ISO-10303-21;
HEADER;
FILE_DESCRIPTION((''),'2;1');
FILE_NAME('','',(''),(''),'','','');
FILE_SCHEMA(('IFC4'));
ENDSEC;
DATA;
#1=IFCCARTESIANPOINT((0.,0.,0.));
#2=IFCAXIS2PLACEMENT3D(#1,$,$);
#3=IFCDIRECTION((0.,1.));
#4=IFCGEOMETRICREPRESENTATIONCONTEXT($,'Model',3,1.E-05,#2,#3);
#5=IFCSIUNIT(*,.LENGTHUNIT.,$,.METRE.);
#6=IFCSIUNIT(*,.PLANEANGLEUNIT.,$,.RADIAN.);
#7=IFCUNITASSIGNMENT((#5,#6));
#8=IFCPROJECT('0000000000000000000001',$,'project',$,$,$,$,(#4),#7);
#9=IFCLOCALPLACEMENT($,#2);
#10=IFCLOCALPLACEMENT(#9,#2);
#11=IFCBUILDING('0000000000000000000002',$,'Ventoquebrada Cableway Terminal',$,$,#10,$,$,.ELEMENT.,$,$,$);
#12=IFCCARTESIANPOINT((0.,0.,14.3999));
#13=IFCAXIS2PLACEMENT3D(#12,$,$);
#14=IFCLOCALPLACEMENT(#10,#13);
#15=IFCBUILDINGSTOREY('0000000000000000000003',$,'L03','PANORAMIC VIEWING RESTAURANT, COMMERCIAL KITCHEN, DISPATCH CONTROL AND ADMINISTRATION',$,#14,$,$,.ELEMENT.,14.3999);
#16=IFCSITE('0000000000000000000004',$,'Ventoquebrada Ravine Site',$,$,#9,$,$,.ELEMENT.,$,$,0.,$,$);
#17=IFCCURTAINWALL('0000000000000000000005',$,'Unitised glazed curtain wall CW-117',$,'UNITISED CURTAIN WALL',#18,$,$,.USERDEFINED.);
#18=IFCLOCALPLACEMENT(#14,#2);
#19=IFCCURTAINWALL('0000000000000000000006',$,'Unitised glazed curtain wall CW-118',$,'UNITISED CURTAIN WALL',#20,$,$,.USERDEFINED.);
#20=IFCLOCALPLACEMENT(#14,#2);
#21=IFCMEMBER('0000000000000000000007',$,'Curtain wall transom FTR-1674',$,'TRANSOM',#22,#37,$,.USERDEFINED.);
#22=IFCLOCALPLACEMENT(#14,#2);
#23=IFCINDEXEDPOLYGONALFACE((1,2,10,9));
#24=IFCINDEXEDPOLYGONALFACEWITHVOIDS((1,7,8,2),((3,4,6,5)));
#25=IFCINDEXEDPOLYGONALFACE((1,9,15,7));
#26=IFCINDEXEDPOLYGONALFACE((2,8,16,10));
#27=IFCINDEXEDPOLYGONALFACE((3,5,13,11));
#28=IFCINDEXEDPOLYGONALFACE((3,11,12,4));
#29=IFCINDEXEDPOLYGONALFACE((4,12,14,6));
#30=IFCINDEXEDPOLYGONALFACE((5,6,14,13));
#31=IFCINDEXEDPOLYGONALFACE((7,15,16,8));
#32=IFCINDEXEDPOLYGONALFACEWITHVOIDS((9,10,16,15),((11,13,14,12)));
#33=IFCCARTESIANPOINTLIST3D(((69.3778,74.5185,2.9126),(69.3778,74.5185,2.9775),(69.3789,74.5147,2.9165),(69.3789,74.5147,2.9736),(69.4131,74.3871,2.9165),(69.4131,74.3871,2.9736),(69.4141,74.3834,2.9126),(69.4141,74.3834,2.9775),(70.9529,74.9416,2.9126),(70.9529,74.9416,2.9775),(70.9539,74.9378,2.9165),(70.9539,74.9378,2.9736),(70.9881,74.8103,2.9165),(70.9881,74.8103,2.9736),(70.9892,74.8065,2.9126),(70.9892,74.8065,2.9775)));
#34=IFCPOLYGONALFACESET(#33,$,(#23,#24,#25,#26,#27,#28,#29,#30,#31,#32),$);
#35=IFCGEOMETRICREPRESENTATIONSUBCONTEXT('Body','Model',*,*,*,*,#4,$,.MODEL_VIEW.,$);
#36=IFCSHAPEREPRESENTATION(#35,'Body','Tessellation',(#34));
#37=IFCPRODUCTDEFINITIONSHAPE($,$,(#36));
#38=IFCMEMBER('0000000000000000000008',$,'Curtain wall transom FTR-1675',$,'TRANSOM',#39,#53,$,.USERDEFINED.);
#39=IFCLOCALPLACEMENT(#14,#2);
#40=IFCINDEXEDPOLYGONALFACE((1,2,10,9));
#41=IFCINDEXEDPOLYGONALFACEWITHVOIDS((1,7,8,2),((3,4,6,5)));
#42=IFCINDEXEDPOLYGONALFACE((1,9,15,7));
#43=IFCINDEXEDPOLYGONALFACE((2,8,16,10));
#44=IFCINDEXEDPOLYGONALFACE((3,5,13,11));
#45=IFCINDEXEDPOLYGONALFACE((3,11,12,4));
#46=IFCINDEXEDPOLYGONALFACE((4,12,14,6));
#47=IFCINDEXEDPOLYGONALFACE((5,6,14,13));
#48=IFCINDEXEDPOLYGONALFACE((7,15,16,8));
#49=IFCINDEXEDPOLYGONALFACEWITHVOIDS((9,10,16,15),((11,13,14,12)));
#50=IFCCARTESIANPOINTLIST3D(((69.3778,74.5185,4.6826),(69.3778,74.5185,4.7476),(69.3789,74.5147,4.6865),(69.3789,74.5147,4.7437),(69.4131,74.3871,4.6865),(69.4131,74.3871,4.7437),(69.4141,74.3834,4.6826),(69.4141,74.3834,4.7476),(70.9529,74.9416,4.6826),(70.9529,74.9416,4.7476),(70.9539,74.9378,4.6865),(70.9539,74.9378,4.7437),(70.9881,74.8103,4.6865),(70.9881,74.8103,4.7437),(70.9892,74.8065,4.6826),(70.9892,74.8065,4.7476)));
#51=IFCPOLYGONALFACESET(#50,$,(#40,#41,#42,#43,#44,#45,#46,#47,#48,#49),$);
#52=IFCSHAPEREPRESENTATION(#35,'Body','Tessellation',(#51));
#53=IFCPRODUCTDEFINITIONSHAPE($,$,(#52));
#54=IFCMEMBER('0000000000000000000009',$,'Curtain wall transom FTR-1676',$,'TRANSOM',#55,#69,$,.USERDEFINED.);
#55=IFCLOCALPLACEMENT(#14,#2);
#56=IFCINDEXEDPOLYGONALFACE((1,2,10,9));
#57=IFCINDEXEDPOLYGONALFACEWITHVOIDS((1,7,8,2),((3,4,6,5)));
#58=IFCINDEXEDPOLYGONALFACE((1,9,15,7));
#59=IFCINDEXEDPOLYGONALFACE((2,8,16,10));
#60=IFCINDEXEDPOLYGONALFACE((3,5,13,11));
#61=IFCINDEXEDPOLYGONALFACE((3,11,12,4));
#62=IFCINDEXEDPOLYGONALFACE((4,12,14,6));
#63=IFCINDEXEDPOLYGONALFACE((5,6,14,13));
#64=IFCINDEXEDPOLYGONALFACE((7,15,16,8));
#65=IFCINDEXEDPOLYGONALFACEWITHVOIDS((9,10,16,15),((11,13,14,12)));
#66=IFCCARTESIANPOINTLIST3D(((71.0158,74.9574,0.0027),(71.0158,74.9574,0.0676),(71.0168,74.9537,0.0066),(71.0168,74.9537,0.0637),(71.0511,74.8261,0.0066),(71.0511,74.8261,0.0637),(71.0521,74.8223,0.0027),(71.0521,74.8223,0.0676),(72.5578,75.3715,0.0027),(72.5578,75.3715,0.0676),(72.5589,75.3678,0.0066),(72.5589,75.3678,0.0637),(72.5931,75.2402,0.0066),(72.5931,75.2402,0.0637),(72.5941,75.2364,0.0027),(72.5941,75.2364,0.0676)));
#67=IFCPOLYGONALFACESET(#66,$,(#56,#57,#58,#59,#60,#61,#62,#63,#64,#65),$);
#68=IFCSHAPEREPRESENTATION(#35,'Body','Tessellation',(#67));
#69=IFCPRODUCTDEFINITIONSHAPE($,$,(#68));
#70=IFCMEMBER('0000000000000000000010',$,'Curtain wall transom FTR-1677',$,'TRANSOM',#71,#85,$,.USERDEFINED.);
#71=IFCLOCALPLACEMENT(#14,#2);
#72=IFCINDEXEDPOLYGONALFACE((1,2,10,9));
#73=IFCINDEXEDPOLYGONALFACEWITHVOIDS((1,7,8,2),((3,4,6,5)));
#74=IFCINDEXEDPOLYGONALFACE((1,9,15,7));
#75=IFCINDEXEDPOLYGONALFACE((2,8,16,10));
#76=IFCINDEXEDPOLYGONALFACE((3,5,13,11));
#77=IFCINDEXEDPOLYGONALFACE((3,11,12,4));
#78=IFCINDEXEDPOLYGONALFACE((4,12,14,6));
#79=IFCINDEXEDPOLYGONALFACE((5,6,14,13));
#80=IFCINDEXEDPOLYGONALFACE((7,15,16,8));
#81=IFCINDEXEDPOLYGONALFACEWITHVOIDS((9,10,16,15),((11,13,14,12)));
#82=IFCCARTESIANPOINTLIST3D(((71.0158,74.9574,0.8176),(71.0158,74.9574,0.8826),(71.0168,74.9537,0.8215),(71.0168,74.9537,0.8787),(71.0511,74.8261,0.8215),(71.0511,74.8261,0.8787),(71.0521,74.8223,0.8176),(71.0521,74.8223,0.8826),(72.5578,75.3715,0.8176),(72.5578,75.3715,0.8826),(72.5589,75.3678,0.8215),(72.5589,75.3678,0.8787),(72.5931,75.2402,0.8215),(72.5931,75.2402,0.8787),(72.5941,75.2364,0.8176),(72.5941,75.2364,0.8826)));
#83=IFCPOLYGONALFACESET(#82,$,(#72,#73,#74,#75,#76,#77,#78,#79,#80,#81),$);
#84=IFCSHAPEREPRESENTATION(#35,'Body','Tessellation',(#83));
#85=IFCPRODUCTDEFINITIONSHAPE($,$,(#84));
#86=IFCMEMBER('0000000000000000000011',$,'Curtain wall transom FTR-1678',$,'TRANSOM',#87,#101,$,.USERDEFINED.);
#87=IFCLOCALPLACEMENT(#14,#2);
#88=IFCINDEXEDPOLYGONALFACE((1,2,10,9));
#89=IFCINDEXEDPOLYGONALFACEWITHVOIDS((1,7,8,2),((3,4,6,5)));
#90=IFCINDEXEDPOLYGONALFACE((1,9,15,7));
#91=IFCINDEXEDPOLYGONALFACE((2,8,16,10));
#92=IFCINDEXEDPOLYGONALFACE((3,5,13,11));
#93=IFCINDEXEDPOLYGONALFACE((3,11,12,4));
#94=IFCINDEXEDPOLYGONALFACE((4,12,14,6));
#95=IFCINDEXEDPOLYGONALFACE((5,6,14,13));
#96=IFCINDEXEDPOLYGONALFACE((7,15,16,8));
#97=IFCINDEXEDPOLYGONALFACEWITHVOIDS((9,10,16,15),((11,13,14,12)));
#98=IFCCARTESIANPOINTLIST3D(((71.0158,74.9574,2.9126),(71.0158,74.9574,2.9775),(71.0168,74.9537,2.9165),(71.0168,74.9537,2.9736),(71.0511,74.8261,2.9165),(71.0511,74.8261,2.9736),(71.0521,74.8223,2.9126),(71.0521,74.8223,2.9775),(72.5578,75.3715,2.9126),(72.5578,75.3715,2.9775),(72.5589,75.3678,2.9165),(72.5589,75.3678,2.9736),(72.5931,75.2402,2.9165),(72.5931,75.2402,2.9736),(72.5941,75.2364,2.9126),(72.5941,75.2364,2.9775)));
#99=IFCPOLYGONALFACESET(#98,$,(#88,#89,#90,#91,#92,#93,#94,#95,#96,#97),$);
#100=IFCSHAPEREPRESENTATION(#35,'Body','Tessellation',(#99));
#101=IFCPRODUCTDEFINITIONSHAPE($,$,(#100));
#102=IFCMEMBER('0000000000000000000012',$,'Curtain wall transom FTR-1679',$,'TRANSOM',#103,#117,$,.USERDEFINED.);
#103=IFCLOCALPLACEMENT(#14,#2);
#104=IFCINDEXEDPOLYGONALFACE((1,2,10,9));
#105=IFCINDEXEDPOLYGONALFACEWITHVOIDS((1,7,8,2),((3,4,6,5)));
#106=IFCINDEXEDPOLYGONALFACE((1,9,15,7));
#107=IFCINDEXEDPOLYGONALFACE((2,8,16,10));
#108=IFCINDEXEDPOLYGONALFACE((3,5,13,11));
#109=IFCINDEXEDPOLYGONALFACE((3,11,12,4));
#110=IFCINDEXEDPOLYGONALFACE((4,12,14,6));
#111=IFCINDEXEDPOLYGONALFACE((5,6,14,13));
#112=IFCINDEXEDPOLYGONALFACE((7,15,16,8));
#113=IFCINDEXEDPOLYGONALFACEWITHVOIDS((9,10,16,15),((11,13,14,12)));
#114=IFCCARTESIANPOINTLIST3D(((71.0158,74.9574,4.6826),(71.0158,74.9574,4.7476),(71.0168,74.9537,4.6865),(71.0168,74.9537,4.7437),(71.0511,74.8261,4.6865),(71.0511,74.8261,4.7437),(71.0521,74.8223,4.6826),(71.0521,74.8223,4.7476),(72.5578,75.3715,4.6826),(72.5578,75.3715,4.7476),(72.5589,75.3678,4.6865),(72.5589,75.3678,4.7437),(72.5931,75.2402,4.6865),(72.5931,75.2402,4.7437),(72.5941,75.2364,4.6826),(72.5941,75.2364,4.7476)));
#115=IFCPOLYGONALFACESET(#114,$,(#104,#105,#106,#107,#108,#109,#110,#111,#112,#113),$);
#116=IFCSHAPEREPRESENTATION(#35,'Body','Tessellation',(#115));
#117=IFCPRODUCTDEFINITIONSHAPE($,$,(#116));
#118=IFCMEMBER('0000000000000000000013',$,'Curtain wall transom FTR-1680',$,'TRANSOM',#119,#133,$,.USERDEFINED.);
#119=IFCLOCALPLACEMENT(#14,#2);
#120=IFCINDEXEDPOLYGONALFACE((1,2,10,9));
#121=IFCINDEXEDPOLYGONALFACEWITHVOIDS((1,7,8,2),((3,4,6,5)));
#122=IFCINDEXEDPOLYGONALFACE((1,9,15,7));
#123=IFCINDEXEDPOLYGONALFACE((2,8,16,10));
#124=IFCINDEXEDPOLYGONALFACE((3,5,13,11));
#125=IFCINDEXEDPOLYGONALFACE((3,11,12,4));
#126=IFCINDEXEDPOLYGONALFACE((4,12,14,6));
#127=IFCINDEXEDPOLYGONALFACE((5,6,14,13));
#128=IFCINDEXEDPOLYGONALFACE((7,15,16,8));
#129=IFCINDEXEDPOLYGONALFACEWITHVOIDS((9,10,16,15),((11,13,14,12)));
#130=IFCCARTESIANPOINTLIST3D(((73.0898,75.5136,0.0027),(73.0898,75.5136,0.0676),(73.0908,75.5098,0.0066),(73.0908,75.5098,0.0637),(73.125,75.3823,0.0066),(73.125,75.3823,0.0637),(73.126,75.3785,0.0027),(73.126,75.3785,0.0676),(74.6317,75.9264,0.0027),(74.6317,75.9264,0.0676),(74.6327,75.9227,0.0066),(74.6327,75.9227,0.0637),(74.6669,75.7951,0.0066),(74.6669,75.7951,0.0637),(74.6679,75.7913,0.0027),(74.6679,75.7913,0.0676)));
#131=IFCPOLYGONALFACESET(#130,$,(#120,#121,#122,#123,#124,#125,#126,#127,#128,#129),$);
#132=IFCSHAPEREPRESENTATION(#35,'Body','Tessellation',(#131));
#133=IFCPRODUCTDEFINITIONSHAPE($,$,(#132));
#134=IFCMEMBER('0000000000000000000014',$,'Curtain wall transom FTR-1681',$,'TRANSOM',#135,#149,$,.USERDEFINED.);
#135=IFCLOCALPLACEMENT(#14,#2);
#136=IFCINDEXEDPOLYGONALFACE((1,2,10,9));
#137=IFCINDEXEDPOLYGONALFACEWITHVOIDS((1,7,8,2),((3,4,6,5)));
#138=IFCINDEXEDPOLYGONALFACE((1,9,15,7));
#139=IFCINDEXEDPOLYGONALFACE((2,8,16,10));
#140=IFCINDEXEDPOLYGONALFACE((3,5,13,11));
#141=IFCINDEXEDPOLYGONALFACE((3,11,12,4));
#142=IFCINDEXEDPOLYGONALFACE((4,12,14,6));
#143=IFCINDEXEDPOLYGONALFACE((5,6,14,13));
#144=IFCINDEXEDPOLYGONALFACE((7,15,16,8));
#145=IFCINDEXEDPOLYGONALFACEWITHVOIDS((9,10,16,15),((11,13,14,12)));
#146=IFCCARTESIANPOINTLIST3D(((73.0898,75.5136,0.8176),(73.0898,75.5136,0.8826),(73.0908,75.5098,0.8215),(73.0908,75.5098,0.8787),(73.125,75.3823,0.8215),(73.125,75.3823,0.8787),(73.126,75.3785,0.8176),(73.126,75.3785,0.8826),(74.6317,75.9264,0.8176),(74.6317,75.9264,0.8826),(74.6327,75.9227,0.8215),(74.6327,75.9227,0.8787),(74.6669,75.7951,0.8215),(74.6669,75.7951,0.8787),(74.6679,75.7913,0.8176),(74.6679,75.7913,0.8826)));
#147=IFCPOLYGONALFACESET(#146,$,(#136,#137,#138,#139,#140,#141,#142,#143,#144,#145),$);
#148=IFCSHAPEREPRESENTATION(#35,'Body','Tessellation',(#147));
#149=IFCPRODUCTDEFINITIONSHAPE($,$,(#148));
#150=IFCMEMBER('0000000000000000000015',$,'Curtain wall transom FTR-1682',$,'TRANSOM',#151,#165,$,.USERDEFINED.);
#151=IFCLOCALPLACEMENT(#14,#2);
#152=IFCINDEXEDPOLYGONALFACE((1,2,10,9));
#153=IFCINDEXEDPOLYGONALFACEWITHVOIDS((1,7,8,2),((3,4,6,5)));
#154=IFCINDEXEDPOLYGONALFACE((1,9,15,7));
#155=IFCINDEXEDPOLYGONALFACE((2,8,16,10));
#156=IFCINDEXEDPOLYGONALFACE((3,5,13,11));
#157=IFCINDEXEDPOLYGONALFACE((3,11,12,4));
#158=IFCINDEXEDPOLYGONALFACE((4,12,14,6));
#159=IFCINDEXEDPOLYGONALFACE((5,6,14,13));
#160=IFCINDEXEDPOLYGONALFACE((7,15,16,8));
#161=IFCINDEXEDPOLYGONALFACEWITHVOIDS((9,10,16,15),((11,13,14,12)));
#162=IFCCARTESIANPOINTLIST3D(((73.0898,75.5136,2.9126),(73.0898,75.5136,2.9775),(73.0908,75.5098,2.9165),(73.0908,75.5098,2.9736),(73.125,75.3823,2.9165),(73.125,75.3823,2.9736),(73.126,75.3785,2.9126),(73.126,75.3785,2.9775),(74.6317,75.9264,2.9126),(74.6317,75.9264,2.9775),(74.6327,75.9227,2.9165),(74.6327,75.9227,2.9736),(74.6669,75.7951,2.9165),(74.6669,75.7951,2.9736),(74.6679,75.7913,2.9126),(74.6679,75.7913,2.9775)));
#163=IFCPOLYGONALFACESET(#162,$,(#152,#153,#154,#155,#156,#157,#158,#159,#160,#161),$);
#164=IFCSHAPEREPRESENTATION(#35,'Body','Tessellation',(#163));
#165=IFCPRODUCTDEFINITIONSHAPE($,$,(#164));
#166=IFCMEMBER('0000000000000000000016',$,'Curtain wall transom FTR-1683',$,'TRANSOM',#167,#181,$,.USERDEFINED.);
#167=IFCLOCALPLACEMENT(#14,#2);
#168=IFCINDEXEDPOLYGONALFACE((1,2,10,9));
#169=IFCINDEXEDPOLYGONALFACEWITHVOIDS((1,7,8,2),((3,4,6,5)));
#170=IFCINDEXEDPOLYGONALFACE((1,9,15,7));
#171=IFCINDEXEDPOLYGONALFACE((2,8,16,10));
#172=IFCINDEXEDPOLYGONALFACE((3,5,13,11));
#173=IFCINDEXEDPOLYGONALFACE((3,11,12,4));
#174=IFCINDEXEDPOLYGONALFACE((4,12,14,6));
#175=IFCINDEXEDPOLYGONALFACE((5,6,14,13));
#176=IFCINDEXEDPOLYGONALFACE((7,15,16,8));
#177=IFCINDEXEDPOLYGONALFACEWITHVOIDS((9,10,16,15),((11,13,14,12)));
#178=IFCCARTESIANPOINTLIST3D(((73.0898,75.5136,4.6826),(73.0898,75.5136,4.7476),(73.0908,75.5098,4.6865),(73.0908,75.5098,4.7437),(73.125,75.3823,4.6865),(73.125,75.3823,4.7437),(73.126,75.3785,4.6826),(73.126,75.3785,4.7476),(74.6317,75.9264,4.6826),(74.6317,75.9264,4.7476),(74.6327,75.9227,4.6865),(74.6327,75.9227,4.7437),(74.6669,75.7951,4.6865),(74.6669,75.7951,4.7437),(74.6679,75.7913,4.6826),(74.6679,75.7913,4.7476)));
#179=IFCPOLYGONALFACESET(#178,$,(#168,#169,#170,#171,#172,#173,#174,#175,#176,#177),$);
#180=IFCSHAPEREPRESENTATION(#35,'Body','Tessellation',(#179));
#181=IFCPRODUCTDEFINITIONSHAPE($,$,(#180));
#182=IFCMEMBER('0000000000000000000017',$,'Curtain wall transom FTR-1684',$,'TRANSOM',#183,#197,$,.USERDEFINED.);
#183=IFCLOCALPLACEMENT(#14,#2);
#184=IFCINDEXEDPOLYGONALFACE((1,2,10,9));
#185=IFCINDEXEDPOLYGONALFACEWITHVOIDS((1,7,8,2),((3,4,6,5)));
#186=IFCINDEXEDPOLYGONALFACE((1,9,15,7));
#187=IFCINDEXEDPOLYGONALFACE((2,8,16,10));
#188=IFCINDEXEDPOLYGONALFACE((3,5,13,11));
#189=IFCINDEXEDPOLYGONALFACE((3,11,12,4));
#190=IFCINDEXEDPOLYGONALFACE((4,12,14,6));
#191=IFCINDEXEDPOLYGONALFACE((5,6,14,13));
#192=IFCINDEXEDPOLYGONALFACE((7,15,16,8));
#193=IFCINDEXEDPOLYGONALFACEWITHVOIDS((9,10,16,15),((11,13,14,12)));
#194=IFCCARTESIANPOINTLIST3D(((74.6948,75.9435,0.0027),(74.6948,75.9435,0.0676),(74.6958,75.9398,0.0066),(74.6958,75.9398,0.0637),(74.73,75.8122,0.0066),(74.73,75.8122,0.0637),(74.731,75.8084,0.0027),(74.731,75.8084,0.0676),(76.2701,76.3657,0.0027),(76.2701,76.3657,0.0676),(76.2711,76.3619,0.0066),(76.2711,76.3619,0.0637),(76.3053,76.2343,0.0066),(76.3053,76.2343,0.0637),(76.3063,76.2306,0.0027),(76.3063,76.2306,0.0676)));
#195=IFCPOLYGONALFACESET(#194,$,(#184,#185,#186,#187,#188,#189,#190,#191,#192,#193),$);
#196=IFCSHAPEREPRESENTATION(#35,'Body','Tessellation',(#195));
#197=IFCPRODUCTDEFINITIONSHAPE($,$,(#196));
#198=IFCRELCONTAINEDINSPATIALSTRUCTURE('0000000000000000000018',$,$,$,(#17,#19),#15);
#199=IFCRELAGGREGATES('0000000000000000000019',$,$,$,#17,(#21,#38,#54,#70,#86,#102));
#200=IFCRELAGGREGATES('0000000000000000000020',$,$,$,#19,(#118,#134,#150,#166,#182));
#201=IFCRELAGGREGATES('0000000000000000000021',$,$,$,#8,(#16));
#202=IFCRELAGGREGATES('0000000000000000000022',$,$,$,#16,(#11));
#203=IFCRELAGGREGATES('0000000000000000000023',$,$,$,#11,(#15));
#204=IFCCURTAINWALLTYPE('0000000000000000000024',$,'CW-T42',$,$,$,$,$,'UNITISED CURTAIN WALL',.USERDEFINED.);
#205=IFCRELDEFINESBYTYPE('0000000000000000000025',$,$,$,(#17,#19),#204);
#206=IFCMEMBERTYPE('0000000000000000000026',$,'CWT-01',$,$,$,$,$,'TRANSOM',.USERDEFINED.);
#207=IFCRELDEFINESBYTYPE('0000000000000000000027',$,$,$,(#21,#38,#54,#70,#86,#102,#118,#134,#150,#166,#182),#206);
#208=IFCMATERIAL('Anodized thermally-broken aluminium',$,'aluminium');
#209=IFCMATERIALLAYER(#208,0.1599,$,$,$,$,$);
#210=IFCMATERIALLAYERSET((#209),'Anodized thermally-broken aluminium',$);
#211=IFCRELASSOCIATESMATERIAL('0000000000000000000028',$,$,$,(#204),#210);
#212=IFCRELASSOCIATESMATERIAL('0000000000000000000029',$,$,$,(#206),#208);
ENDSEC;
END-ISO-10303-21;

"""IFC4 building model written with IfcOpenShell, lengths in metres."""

from ifc_helpers import new_model, si_unit, direction, frame, origin, origin_2d, place, context, subcontext, project, spatial, hollow_rectangle, extrude, material, layer, layer_set, material_profile, profile_set, type_object, element, aggregate, save


model = new_model("IFC4")

# Units and contexts
model_context = context("Model", 3, precision=1e-05, world=origin(), true_north=direction((0.0, 1.0)))
body_context = subcontext(model_context, "Body", "Model", "MODEL_VIEW")
ifc_project = project(units=[si_unit("LENGTHUNIT", "METRE"), si_unit("PLANEANGLEUNIT", "RADIAN")], contexts=[model_context])

# Site, building, storey
site_placement = place(None, origin())
site = spatial("IfcSite", under=ifc_project, at=site_placement, Name="Ventoquebrada Ravine Site", CompositionType="ELEMENT", RefElevation=0.0)
building_placement = place(site_placement, origin())
building = spatial("IfcBuilding", under=site, at=building_placement, Name="Ventoquebrada Cableway Terminal", CompositionType="ELEMENT")
storey_placement = place(building_placement, frame((0.0, 0.0, 14.3999)))
storey = spatial("IfcBuildingStorey", under=building, at=storey_placement, Name="L03", Description="PANORAMIC VIEWING RESTAURANT, COMMERCIAL KITCHEN, DISPATCH CONTROL AND ADMINISTRATION", CompositionType="ELEMENT", Elevation=14.3999)

# Curtain walls
ifc_material_1 = material(Name="Anodized thermally-broken aluminium", Category="aluminium")
ifc_layer_1 = layer(ifc_material_1, 0.1599)
ifc_layer_set_1 = layer_set([ifc_layer_1], Name="Anodized thermally-broken aluminium")
curtain_wall_type = type_object("IfcCurtainWallType", Name="CW-T42", ElementType="UNITISED CURTAIN WALL", PredefinedType="USERDEFINED", material=ifc_layer_set_1)
curtain_wall_1_placement = place(storey_placement, origin())
curtain_wall_1 = element("IfcCurtainWall", 1, at=curtain_wall_1_placement, inside=storey, type_object=curtain_wall_type, Name="Unitised glazed curtain wall CW-117", ObjectType="UNITISED CURTAIN WALL", PredefinedType="USERDEFINED")
curtain_wall_2_placement = place(storey_placement, origin())
curtain_wall_2 = element("IfcCurtainWall", 2, at=curtain_wall_2_placement, inside=storey, type_object=curtain_wall_type, Name="Unitised glazed curtain wall CW-118", ObjectType="UNITISED CURTAIN WALL", PredefinedType="USERDEFINED")

# Members
ifc_material_profile_1 = material_profile(ifc_material_1, hollow_rectangle(XDim=0.0649, YDim=0.1399, WallThickness=0.0039, at=origin_2d()), Name="CW-TRN-65X140")
ifc_profile_set_1 = profile_set([ifc_material_profile_1], Name="Anodized thermally-broken aluminium")
member_type_1 = type_object("IfcMemberType", Name="CWT-01", ElementType="TRANSOM", PredefinedType="USERDEFINED", material=ifc_profile_set_1)
member_1_placement = place(storey_placement, frame((69.396, 74.4509, 2.9451), z_axis=(0.965759, 0.259442, 0.0), x_axis=(0.0, 0.0, 1.0)))
member_1 = element("IfcMember", 3, at=member_1_placement, type_object=member_type_1, Name="Curtain wall transom FTR-1674", ObjectType="TRANSOM", PredefinedType="USERDEFINED", context=body_context, shape_type="SweptSolid", body=[
    extrude(hollow_rectangle(XDim=0.0649, YDim=0.1399, WallThickness=0.0039, at=origin_2d()), origin(), (0.0, 0.0, 1.0), 1.6309),
])
member_2_placement = place(storey_placement, frame((69.396, 74.4509, 4.7151), z_axis=(0.965759, 0.259442, 0.0), x_axis=(0.0, 0.0, 1.0)))
member_2 = element("IfcMember", 4, at=member_2_placement, type_object=member_type_1, Name="Curtain wall transom FTR-1675", ObjectType="TRANSOM", PredefinedType="USERDEFINED", context=body_context, shape_type="SweptSolid", body=[
    extrude(hollow_rectangle(XDim=0.0649, YDim=0.1399, WallThickness=0.0039, at=origin_2d()), origin(), (0.0, 0.0, 1.0), 1.6309),
])
member_3_placement = place(storey_placement, frame((71.0339, 74.8899, 0.0352), z_axis=(0.965787, 0.259337, 0.0), x_axis=(0.0, 0.0, 1.0)))
member_3 = element("IfcMember", 5, at=member_3_placement, type_object=member_type_1, Name="Curtain wall transom FTR-1676", ObjectType="TRANSOM", PredefinedType="USERDEFINED", context=body_context, shape_type="SweptSolid", body=[
    extrude(hollow_rectangle(XDim=0.0649, YDim=0.1399, WallThickness=0.0039, at=origin_2d()), origin(), (0.0, 0.0, 1.0), 1.5967),
])
member_4_placement = place(storey_placement, frame((71.0339, 74.8899, 0.8501), z_axis=(0.965787, 0.259337, 0.0), x_axis=(0.0, 0.0, 1.0)))
member_4 = element("IfcMember", 6, at=member_4_placement, type_object=member_type_1, Name="Curtain wall transom FTR-1677", ObjectType="TRANSOM", PredefinedType="USERDEFINED", context=body_context, shape_type="SweptSolid", body=[
    extrude(hollow_rectangle(XDim=0.0649, YDim=0.1399, WallThickness=0.0039, at=origin_2d()), origin(), (0.0, 0.0, 1.0), 1.5967),
])
member_5_placement = place(storey_placement, frame((71.0339, 74.8899, 2.9451), z_axis=(0.965787, 0.259337, 0.0), x_axis=(0.0, 0.0, 1.0)))
member_5 = element("IfcMember", 7, at=member_5_placement, type_object=member_type_1, Name="Curtain wall transom FTR-1678", ObjectType="TRANSOM", PredefinedType="USERDEFINED", context=body_context, shape_type="SweptSolid", body=[
    extrude(hollow_rectangle(XDim=0.0649, YDim=0.1399, WallThickness=0.0039, at=origin_2d()), origin(), (0.0, 0.0, 1.0), 1.5967),
])
member_6_placement = place(storey_placement, frame((71.0339, 74.8899, 4.7151), z_axis=(0.965787, 0.259337, 0.0), x_axis=(0.0, 0.0, 1.0)))
member_6 = element("IfcMember", 8, at=member_6_placement, type_object=member_type_1, Name="Curtain wall transom FTR-1679", ObjectType="TRANSOM", PredefinedType="USERDEFINED", context=body_context, shape_type="SweptSolid", body=[
    extrude(hollow_rectangle(XDim=0.0649, YDim=0.1399, WallThickness=0.0039, at=origin_2d()), origin(), (0.0, 0.0, 1.0), 1.5967),
])
member_7_placement = place(storey_placement, frame((73.1079, 75.446, 0.0352), z_axis=(0.965978, 0.258624, 0.0), x_axis=(0.0, 0.0, 1.0)))
member_7 = element("IfcMember", 9, at=member_7_placement, type_object=member_type_1, Name="Curtain wall transom FTR-1680", ObjectType="TRANSOM", PredefinedType="USERDEFINED", context=body_context, shape_type="SweptSolid", body=[
    extrude(hollow_rectangle(XDim=0.0649, YDim=0.1399, WallThickness=0.0039, at=origin_2d()), origin(), (0.0, 0.0, 1.0), 1.5962),
])
member_8_placement = place(storey_placement, frame((73.1079, 75.446, 0.8501), z_axis=(0.965978, 0.258624, 0.0), x_axis=(0.0, 0.0, 1.0)))
member_8 = element("IfcMember", 10, at=member_8_placement, type_object=member_type_1, Name="Curtain wall transom FTR-1681", ObjectType="TRANSOM", PredefinedType="USERDEFINED", context=body_context, shape_type="SweptSolid", body=[
    extrude(hollow_rectangle(XDim=0.0649, YDim=0.1399, WallThickness=0.0039, at=origin_2d()), origin(), (0.0, 0.0, 1.0), 1.5962),
])
member_9_placement = place(storey_placement, frame((73.1079, 75.446, 2.9451), z_axis=(0.965978, 0.258624, 0.0), x_axis=(0.0, 0.0, 1.0)))
member_9 = element("IfcMember", 11, at=member_9_placement, type_object=member_type_1, Name="Curtain wall transom FTR-1682", ObjectType="TRANSOM", PredefinedType="USERDEFINED", context=body_context, shape_type="SweptSolid", body=[
    extrude(hollow_rectangle(XDim=0.0649, YDim=0.1399, WallThickness=0.0039, at=origin_2d()), origin(), (0.0, 0.0, 1.0), 1.5962),
])
member_10_placement = place(storey_placement, frame((73.1079, 75.446, 4.7151), z_axis=(0.965978, 0.258624, 0.0), x_axis=(0.0, 0.0, 1.0)))
member_10 = element("IfcMember", 12, at=member_10_placement, type_object=member_type_1, Name="Curtain wall transom FTR-1683", ObjectType="TRANSOM", PredefinedType="USERDEFINED", context=body_context, shape_type="SweptSolid", body=[
    extrude(hollow_rectangle(XDim=0.0649, YDim=0.1399, WallThickness=0.0039, at=origin_2d()), origin(), (0.0, 0.0, 1.0), 1.5962),
])
member_11_placement = place(storey_placement, frame((74.7129, 75.876, 0.0352), z_axis=(0.965919, 0.258846, 0.0), x_axis=(0.0, 0.0, 1.0)))
member_11 = element("IfcMember", 13, at=member_11_placement, type_object=member_type_1, Name="Curtain wall transom FTR-1684", ObjectType="TRANSOM", PredefinedType="USERDEFINED", context=body_context, shape_type="SweptSolid", body=[
    extrude(hollow_rectangle(XDim=0.0649, YDim=0.1399, WallThickness=0.0039, at=origin_2d()), origin(), (0.0, 0.0, 1.0), 1.6309),
])

aggregate(curtain_wall_1, [member_1, member_2, member_3, member_4, member_5, member_6])
aggregate(curtain_wall_2, [member_7, member_8, member_9, member_10, member_11])

save(model, "model.ifc")
